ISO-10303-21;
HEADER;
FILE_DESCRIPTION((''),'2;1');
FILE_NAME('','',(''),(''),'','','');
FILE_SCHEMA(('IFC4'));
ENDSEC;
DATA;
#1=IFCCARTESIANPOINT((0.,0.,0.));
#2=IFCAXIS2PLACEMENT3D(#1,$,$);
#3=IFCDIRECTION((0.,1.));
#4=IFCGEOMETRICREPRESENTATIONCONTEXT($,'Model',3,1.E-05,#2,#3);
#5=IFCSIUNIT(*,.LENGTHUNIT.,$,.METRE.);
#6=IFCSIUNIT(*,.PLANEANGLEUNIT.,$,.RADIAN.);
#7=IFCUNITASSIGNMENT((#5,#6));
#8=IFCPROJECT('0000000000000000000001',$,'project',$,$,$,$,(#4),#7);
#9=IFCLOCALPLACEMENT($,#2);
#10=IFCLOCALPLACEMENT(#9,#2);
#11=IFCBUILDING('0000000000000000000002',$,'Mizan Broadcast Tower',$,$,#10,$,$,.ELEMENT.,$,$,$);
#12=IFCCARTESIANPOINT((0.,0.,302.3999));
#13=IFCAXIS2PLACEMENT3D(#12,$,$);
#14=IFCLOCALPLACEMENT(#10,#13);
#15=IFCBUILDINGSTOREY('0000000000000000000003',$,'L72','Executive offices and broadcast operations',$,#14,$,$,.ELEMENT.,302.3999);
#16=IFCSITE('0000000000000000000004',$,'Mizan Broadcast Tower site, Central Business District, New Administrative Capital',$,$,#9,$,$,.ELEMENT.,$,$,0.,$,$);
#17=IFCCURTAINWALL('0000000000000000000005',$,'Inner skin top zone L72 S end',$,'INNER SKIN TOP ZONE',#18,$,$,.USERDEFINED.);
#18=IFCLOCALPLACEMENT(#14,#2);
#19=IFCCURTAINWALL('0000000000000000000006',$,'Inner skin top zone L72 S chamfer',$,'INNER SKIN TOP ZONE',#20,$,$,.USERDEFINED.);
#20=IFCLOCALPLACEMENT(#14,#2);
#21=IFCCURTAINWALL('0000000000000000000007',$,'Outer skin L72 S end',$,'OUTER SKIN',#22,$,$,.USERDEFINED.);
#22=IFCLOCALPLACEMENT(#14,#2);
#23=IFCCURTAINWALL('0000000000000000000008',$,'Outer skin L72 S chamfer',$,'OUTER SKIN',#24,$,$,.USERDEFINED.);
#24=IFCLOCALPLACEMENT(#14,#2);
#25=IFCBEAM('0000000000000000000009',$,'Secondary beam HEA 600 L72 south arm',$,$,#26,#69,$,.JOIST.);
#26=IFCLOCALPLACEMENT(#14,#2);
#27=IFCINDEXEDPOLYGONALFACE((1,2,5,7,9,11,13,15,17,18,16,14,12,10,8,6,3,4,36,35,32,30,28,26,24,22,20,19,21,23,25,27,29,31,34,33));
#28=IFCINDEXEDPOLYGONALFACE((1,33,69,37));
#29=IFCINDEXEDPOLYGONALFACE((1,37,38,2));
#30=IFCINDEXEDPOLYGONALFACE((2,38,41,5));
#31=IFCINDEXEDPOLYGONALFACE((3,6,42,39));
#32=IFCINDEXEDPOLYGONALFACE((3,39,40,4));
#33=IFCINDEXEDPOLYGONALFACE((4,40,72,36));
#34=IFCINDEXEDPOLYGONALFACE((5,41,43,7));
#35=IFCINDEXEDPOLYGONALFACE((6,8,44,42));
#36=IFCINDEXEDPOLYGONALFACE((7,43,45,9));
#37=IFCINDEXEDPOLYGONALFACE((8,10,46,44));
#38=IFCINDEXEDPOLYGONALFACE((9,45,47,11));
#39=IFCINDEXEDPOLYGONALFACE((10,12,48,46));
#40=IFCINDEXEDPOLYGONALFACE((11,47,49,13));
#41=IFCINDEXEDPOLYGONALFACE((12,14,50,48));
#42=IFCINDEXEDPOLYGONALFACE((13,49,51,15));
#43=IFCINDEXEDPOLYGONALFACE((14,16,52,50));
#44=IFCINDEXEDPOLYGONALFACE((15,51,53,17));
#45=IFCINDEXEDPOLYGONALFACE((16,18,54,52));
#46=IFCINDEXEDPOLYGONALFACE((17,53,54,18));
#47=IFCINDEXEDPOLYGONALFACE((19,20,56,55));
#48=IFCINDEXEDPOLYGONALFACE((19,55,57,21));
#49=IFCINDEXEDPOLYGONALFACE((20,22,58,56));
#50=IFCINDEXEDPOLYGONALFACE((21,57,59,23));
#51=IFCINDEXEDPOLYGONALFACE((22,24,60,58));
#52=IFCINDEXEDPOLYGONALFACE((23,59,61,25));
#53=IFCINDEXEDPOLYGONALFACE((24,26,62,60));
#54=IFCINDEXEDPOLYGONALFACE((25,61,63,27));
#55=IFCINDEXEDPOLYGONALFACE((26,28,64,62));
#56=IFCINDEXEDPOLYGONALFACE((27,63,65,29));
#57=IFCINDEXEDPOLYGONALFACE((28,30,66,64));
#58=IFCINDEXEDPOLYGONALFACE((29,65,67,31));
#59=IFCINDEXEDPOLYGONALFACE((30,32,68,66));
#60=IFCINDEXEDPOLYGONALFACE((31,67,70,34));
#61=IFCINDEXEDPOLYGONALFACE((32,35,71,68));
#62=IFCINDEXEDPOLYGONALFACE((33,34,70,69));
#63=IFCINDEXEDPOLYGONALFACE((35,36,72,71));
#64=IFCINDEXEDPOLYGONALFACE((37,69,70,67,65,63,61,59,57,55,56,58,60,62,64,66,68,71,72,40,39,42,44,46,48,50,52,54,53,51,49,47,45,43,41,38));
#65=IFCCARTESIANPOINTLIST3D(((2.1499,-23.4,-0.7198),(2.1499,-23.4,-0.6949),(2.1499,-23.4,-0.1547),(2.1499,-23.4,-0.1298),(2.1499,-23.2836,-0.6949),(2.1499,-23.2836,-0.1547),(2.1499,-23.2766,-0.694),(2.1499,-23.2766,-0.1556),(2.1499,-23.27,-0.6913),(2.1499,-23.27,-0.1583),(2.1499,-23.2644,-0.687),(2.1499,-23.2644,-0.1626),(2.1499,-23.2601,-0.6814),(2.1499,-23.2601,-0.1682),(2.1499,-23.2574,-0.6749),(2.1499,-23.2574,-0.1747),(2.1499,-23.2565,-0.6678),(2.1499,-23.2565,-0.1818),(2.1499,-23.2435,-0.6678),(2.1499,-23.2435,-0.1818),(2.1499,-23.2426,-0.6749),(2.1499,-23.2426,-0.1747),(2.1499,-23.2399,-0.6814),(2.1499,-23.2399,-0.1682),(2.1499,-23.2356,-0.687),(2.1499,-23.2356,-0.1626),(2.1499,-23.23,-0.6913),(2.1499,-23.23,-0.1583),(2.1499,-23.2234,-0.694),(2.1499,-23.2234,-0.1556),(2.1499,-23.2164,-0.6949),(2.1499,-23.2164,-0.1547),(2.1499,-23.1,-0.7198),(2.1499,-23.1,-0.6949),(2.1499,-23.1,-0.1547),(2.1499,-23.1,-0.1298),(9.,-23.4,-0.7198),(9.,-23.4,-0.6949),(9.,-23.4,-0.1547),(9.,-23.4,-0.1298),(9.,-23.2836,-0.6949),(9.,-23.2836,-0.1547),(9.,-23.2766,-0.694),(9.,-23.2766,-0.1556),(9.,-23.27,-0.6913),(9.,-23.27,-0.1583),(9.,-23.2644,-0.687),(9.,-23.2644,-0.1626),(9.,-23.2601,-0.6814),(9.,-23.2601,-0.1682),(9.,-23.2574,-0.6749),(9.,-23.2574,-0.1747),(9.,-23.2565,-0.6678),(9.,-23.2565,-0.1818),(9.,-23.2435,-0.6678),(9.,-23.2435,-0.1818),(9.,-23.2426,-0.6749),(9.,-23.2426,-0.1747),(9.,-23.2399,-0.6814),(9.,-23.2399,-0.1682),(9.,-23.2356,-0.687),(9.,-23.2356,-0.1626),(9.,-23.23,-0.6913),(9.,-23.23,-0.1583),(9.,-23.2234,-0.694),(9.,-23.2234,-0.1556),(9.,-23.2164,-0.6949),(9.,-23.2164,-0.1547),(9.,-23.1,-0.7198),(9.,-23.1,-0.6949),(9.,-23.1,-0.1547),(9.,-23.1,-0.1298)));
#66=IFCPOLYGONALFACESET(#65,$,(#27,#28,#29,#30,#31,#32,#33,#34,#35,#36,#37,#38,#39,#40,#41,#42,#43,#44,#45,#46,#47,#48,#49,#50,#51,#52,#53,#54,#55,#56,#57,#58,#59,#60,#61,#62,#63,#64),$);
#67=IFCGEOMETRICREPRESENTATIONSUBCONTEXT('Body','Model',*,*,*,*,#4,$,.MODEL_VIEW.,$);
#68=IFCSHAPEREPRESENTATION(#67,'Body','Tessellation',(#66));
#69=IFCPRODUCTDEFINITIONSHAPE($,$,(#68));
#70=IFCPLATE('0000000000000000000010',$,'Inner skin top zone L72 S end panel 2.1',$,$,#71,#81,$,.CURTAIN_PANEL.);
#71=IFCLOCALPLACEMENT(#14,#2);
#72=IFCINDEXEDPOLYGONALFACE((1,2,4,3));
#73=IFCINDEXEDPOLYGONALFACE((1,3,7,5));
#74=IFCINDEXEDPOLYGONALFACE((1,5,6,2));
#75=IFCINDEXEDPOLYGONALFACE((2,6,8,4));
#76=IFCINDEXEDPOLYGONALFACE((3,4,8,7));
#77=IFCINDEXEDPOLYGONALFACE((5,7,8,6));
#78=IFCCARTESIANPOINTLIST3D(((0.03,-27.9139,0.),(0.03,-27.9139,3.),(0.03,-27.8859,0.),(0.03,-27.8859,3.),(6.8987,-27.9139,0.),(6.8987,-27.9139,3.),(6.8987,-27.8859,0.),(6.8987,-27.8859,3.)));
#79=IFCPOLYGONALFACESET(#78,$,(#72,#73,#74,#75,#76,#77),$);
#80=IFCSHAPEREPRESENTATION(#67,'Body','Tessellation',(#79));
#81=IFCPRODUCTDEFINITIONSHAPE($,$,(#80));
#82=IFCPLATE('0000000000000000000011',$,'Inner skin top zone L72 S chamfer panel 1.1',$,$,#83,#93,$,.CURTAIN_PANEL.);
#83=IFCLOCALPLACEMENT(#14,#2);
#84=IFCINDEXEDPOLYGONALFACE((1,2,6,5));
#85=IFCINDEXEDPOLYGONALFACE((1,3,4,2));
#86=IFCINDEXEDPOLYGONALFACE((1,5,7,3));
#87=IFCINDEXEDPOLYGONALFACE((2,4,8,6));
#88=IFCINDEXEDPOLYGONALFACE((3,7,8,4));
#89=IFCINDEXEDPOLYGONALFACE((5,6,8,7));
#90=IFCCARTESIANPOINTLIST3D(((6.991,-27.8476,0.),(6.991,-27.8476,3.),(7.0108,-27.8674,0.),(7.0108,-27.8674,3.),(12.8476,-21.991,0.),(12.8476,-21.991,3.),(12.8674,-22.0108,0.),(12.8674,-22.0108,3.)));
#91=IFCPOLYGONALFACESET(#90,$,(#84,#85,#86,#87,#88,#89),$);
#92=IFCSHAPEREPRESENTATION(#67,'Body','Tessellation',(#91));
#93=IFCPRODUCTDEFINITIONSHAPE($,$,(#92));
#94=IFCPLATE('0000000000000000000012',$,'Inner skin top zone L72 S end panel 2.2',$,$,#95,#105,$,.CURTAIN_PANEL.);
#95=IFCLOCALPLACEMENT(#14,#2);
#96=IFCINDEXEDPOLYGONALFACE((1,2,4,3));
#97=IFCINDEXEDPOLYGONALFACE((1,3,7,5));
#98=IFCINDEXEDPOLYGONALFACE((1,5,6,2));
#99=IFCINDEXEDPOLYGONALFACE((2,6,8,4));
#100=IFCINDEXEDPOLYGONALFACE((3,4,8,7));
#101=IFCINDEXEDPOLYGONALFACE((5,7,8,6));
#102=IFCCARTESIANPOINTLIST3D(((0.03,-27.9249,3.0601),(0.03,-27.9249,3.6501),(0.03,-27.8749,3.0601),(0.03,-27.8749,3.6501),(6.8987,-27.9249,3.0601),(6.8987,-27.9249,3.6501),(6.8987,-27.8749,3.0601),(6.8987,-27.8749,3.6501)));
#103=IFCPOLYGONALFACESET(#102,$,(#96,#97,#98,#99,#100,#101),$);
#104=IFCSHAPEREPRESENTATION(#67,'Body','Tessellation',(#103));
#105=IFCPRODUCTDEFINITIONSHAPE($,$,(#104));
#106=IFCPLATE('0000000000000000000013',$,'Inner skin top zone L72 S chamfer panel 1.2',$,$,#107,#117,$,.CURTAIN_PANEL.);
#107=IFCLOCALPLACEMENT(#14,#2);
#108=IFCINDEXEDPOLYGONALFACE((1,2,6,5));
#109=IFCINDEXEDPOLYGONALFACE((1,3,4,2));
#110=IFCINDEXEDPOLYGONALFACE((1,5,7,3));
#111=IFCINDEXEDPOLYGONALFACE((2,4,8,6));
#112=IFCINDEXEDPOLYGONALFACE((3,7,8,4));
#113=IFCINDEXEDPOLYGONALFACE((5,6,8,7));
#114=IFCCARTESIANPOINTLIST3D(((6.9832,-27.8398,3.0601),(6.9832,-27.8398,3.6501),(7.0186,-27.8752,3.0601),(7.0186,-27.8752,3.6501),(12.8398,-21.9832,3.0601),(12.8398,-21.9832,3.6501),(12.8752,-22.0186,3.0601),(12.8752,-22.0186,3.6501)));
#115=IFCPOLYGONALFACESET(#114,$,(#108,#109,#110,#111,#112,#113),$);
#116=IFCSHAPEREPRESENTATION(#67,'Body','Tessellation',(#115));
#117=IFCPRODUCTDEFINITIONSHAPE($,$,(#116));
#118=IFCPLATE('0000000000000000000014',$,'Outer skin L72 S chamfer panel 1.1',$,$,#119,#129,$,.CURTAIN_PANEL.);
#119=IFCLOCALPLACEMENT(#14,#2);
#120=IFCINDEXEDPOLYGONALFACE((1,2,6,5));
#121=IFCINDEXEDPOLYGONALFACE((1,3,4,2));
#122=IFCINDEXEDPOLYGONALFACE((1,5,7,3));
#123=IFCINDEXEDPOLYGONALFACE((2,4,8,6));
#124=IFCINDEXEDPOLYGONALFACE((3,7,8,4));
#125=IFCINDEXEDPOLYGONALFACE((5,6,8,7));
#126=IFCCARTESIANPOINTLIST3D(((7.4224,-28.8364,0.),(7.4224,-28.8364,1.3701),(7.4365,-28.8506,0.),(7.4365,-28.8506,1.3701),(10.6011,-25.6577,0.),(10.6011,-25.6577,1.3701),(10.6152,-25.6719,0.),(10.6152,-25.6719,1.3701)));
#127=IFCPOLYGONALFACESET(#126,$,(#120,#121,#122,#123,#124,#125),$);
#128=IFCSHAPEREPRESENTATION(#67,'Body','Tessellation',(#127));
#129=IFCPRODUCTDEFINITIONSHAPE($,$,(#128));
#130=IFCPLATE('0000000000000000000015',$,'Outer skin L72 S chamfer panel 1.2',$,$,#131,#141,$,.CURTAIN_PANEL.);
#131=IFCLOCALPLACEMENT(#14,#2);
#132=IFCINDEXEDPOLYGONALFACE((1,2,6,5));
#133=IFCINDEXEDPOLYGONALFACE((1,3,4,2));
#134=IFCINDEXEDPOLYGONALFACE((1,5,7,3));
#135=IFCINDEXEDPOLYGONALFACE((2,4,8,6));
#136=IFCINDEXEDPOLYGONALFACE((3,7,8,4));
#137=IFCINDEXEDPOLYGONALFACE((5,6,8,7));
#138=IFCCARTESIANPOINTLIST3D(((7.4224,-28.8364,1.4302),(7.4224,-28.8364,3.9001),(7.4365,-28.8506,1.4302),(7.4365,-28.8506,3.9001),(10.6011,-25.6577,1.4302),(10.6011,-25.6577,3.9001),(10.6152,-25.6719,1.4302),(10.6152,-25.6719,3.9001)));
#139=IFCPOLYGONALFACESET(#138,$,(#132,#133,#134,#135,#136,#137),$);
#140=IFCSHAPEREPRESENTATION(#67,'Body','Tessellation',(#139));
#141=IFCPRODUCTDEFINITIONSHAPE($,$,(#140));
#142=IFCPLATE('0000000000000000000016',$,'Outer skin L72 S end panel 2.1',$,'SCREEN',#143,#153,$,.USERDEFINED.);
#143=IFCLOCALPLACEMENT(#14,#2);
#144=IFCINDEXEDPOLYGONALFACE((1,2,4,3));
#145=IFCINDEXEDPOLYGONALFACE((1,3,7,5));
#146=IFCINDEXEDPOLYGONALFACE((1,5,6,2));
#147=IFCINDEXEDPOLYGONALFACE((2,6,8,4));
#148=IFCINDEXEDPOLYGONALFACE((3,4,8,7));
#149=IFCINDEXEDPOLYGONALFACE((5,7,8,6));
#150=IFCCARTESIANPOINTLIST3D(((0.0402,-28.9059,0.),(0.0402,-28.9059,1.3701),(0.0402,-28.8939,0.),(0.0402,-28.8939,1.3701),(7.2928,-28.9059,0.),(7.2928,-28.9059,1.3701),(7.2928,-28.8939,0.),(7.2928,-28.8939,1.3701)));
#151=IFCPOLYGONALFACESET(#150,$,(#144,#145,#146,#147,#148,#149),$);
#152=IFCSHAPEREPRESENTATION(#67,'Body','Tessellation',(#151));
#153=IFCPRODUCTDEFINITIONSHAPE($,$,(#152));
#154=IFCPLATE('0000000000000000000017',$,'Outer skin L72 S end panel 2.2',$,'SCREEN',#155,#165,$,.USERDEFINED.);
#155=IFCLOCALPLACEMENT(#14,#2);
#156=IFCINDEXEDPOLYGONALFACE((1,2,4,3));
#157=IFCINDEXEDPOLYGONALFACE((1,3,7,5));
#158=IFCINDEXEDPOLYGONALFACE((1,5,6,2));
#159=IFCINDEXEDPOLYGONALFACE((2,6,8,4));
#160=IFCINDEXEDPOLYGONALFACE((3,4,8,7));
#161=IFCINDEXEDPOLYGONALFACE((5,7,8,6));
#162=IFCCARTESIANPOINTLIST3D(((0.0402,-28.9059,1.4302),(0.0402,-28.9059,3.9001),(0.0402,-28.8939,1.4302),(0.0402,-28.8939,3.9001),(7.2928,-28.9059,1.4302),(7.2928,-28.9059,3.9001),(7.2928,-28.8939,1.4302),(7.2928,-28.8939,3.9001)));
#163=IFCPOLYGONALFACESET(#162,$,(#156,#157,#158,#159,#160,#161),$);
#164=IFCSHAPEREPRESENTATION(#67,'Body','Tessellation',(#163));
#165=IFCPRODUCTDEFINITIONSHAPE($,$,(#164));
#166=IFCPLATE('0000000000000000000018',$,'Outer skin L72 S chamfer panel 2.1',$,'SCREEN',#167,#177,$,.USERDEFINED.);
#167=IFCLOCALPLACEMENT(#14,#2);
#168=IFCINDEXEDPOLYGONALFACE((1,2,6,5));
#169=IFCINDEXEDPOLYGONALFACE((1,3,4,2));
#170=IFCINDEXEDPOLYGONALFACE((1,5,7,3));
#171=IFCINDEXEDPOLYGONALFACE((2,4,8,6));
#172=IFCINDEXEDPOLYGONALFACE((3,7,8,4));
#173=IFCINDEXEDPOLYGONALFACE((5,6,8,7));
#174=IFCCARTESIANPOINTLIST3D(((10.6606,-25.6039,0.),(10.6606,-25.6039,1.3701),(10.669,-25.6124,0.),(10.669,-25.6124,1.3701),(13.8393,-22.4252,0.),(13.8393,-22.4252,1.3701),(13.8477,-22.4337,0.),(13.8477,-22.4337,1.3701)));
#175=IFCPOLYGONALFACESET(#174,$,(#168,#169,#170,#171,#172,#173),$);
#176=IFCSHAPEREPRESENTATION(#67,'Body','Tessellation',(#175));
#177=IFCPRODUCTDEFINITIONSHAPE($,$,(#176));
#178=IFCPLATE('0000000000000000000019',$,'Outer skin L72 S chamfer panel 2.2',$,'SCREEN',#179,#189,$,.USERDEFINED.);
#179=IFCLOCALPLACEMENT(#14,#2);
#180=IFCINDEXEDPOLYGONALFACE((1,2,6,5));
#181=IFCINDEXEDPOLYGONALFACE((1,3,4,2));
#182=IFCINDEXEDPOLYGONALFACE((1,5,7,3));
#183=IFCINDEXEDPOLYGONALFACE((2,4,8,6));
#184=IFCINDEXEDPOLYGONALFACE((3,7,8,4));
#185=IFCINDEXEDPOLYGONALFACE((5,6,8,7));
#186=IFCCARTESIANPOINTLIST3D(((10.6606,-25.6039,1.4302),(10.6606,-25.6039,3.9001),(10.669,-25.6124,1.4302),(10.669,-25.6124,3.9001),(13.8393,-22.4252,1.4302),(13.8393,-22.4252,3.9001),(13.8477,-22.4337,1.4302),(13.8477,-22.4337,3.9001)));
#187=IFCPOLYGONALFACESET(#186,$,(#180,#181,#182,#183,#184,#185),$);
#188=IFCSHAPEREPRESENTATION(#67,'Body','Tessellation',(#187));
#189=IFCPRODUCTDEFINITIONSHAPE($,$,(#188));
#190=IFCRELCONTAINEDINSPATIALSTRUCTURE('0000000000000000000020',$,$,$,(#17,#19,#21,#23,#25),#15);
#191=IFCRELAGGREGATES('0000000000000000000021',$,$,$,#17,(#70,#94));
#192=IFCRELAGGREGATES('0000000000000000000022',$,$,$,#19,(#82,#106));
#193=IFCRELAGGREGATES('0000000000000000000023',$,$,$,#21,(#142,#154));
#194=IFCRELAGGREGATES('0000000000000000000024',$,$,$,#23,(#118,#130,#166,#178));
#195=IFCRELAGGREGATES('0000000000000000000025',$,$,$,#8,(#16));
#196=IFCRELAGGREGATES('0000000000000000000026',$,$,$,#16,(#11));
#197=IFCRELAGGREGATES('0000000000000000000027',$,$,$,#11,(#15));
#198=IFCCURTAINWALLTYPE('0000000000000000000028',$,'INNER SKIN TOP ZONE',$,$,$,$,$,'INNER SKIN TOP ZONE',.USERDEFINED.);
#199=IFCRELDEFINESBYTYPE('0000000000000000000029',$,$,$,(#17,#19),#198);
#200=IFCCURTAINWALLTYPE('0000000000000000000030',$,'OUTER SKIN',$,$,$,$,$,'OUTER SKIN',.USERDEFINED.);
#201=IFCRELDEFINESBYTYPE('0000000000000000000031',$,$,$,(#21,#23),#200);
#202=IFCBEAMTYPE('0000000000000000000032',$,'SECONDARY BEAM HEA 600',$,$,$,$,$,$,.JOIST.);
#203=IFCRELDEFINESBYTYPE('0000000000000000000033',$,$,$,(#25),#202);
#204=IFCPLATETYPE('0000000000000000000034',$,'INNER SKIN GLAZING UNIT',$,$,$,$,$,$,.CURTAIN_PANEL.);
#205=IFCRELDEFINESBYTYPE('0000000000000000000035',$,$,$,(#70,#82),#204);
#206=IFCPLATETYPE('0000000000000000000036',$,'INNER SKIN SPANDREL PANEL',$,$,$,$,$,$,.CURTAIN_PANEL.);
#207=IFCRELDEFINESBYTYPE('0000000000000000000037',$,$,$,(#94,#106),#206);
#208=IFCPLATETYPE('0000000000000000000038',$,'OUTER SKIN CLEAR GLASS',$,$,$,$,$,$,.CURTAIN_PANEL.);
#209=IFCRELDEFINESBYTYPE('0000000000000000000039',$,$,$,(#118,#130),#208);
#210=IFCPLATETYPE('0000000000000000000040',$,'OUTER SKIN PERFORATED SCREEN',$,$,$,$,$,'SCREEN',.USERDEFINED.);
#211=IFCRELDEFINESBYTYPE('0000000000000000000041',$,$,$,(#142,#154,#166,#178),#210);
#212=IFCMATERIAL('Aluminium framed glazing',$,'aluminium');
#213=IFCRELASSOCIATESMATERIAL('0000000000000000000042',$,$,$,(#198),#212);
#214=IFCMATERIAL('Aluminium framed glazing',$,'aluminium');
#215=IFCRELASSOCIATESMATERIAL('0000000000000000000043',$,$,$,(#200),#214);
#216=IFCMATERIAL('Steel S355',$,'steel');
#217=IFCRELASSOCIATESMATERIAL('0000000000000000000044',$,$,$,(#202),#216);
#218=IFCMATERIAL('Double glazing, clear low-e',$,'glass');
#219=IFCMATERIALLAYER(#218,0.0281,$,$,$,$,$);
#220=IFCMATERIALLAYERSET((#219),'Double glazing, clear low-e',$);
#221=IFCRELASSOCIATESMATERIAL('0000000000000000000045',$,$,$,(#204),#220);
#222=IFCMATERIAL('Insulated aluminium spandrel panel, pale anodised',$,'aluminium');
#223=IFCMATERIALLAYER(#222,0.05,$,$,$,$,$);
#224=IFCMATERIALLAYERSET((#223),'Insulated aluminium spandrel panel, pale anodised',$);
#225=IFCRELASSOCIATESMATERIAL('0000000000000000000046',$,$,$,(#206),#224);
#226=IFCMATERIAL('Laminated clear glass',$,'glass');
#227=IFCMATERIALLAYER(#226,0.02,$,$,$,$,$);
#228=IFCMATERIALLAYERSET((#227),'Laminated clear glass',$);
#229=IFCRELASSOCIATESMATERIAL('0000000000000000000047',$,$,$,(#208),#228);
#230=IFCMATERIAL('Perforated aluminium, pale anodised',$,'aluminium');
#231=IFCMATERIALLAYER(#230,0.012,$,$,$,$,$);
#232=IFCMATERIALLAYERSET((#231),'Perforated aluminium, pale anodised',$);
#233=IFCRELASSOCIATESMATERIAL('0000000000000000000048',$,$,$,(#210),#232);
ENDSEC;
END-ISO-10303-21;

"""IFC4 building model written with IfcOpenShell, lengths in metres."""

from ifc_helpers import new_model, si_unit, direction, frame, origin, origin_2d, place, context, subcontext, project, spatial, rectangle, i_section, extrude, material, layer, layer_set, material_profile, profile_set, type_object, element, aggregate, save


model = new_model("IFC4")

# Units and contexts
model_context = context("Model", 3, precision=1e-05, world=origin(), true_north=direction((0.0, 1.0)))
body_context = subcontext(model_context, "Body", "Model", "MODEL_VIEW")
ifc_project = project(units=[si_unit("LENGTHUNIT", "METRE"), si_unit("PLANEANGLEUNIT", "RADIAN")], contexts=[model_context])

# Site, building, storey
site_placement = place(None, origin())
site = spatial("IfcSite", under=ifc_project, at=site_placement, Name="Mizan Broadcast Tower site, Central Business District, New Administrative Capital", CompositionType="ELEMENT", RefElevation=0.0)
building_placement = place(site_placement, origin())
building = spatial("IfcBuilding", under=site, at=building_placement, Name="Mizan Broadcast Tower", CompositionType="ELEMENT")
storey_placement = place(building_placement, frame((0.0, 0.0, 302.3999)))
storey = spatial("IfcBuildingStorey", under=building, at=storey_placement, Name="L72", Description="Executive offices and broadcast operations", CompositionType="ELEMENT", Elevation=302.3999)

# Curtain walls
ifc_material_1 = material(Name="Aluminium framed glazing", Category="aluminium")
curtain_wall_type_1 = type_object("IfcCurtainWallType", Name="INNER SKIN TOP ZONE", ElementType="INNER SKIN TOP ZONE", PredefinedType="USERDEFINED", material=ifc_material_1)
curtain_wall_1_placement = place(storey_placement, origin())
curtain_wall_1 = element("IfcCurtainWall", 1, at=curtain_wall_1_placement, inside=storey, type_object=curtain_wall_type_1, Name="Inner skin top zone L72 S end", ObjectType="INNER SKIN TOP ZONE", PredefinedType="USERDEFINED")
curtain_wall_2_placement = place(storey_placement, origin())
curtain_wall_2 = element("IfcCurtainWall", 2, at=curtain_wall_2_placement, inside=storey, type_object=curtain_wall_type_1, Name="Inner skin top zone L72 S chamfer", ObjectType="INNER SKIN TOP ZONE", PredefinedType="USERDEFINED")

# Curtain walls
ifc_material_2 = material(Name="Aluminium framed glazing", Category="aluminium")
curtain_wall_type_2 = type_object("IfcCurtainWallType", Name="OUTER SKIN", ElementType="OUTER SKIN", PredefinedType="USERDEFINED", material=ifc_material_2)
curtain_wall_3_placement = place(storey_placement, origin())
curtain_wall_3 = element("IfcCurtainWall", 3, at=curtain_wall_3_placement, inside=storey, type_object=curtain_wall_type_2, Name="Outer skin L72 S end", ObjectType="OUTER SKIN", PredefinedType="USERDEFINED")
curtain_wall_4_placement = place(storey_placement, origin())
curtain_wall_4 = element("IfcCurtainWall", 4, at=curtain_wall_4_placement, inside=storey, type_object=curtain_wall_type_2, Name="Outer skin L72 S chamfer", ObjectType="OUTER SKIN", PredefinedType="USERDEFINED")

# Beam
ifc_material_3 = material(Name="Steel S355", Category="steel")
ifc_material_profile_1 = material_profile(ifc_material_3, i_section(OverallWidth=0.3, OverallDepth=0.5901, WebThickness=0.0129, FlangeThickness=0.0249, FilletRadius=0.0271, at=origin_2d()), Name="HEA 600")
ifc_profile_set_1 = profile_set([ifc_material_profile_1], Name="Steel S355")
beam_type_1 = type_object("IfcBeamType", Name="SECONDARY BEAM HEA 600", PredefinedType="JOIST", material=ifc_profile_set_1)
beam_1_placement = place(storey_placement, frame((9.0, -23.25, -0.4248), z_axis=(-1.0, 0.0, 0.0), x_axis=(0.0, -1.0, 0.0)))
element("IfcBeam", 5, at=beam_1_placement, inside=storey, type_object=beam_type_1, Name="Secondary beam HEA 600 L72 south arm", PredefinedType="JOIST", context=body_context, shape_type="SweptSolid", body=[
    extrude(i_section(OverallWidth=0.3, OverallDepth=0.5901, WebThickness=0.0129, FlangeThickness=0.0249, FilletRadius=0.0271, at=origin_2d()), origin(), (0.0, 0.0, 1.0), 6.8501),
])

# Plates
ifc_material_4 = material(Name="Double glazing, clear low-e", Category="glass")
ifc_layer_1 = layer(ifc_material_4, 0.0281)
ifc_layer_set_1 = layer_set([ifc_layer_1], Name="Double glazing, clear low-e")
plate_type_1 = type_object("IfcPlateType", Name="INNER SKIN GLAZING UNIT", PredefinedType="CURTAIN_PANEL", material=ifc_layer_set_1)
plate_1_placement = place(storey_placement, frame((3.4644, -27.8999, 0.0), z_axis=(0.0, 0.0, 1.0), x_axis=(1.0, 0.0, 0.0)))
plate_1 = element("IfcPlate", 6, at=plate_1_placement, type_object=plate_type_1, Name="Inner skin top zone L72 S end panel 2.1", PredefinedType="CURTAIN_PANEL", context=body_context, shape_type="SweptSolid", body=[
    extrude(rectangle(XDim=6.8687, YDim=0.0281, at=origin_2d()), origin(), (0.0, 0.0, 1.0), 3.0),
])
plate_2_placement = place(storey_placement, frame((9.9292, -24.9292, 0.0), z_axis=(0.0, 0.0, 1.0), x_axis=(0.707107, 0.707107, 0.0)))
plate_2 = element("IfcPlate", 7, at=plate_2_placement, type_object=plate_type_1, Name="Inner skin top zone L72 S chamfer panel 1.1", PredefinedType="CURTAIN_PANEL", context=body_context, shape_type="SweptSolid", body=[
    extrude(rectangle(XDim=8.2825, YDim=0.0281, at=origin_2d()), origin(), (0.0, 0.0, 1.0), 3.0),
])
ifc_material_5 = material(Name="Insulated aluminium spandrel panel, pale anodised", Category="aluminium")
ifc_layer_2 = layer(ifc_material_5, 0.05)
ifc_layer_set_2 = layer_set([ifc_layer_2], Name="Insulated aluminium spandrel panel, pale anodised")
plate_type_2 = type_object("IfcPlateType", Name="INNER SKIN SPANDREL PANEL", PredefinedType="CURTAIN_PANEL", material=ifc_layer_set_2)
plate_3_placement = place(storey_placement, frame((3.4644, -27.8999, 3.0601), z_axis=(0.0, 0.0, 1.0), x_axis=(1.0, 0.0, 0.0)))
plate_3 = element("IfcPlate", 8, at=plate_3_placement, type_object=plate_type_2, Name="Inner skin top zone L72 S end panel 2.2", PredefinedType="CURTAIN_PANEL", context=body_context, shape_type="SweptSolid", body=[
    extrude(rectangle(XDim=6.8687, YDim=0.05, at=origin_2d()), origin(), (0.0, 0.0, 1.0), 0.5901),
])
aggregate(curtain_wall_1, [plate_1, plate_3])
plate_4_placement = place(storey_placement, frame((9.9292, -24.9292, 3.0601), z_axis=(0.0, 0.0, 1.0), x_axis=(0.707107, 0.707107, 0.0)))
plate_4 = element("IfcPlate", 9, at=plate_4_placement, type_object=plate_type_2, Name="Inner skin top zone L72 S chamfer panel 1.2", PredefinedType="CURTAIN_PANEL", context=body_context, shape_type="SweptSolid", body=[
    extrude(rectangle(XDim=8.2825, YDim=0.05, at=origin_2d()), origin(), (0.0, 0.0, 1.0), 0.5901),
])
aggregate(curtain_wall_2, [plate_2, plate_4])
ifc_material_6 = material(Name="Laminated clear glass", Category="glass")
ifc_layer_3 = layer(ifc_material_6, 0.02)
ifc_layer_set_3 = layer_set([ifc_layer_3], Name="Laminated clear glass")
plate_type_3 = type_object("IfcPlateType", Name="OUTER SKIN CLEAR GLASS", PredefinedType="CURTAIN_PANEL", material=ifc_layer_set_3)
plate_5_placement = place(storey_placement, frame((9.0188, -27.2542, 0.0), z_axis=(0.0, 0.0, 1.0), x_axis=(0.707107, 0.707107, 0.0)))
plate_5 = element("IfcPlate", 10, at=plate_5_placement, type_object=plate_type_3, Name="Outer skin L72 S chamfer panel 1.1", PredefinedType="CURTAIN_PANEL", context=body_context, shape_type="SweptSolid", body=[
    extrude(rectangle(XDim=4.4954, YDim=0.02, at=origin_2d()), origin(), (0.0, 0.0, 1.0), 1.3701),
])
plate_6_placement = place(storey_placement, frame((9.0188, -27.2542, 1.4302), z_axis=(0.0, 0.0, 1.0), x_axis=(0.707107, 0.707107, 0.0)))
plate_6 = element("IfcPlate", 11, at=plate_6_placement, type_object=plate_type_3, Name="Outer skin L72 S chamfer panel 1.2", PredefinedType="CURTAIN_PANEL", context=body_context, shape_type="SweptSolid", body=[
    extrude(rectangle(XDim=4.4954, YDim=0.02, at=origin_2d()), origin(), (0.0, 0.0, 1.0), 2.47),
])
ifc_material_7 = material(Name="Perforated aluminium, pale anodised", Category="aluminium")
ifc_layer_4 = layer(ifc_material_7, 0.012)
ifc_layer_set_4 = layer_set([ifc_layer_4], Name="Perforated aluminium, pale anodised")
plate_type_4 = type_object("IfcPlateType", Name="OUTER SKIN PERFORATED SCREEN", ElementType="SCREEN", PredefinedType="USERDEFINED", material=ifc_layer_set_4)
plate_7_placement = place(storey_placement, frame((3.6665, -28.8999, 0.0), z_axis=(0.0, 0.0, 1.0), x_axis=(1.0, 0.0, 0.0)))
plate_7 = element("IfcPlate", 12, at=plate_7_placement, type_object=plate_type_4, Name="Outer skin L72 S end panel 2.1", ObjectType="SCREEN", PredefinedType="USERDEFINED", context=body_context, shape_type="SweptSolid", body=[
    extrude(rectangle(XDim=7.2527, YDim=0.012, at=origin_2d()), origin(), (0.0, 0.0, 1.0), 1.3701),
])
plate_8_placement = place(storey_placement, frame((3.6665, -28.8999, 1.4302), z_axis=(0.0, 0.0, 1.0), x_axis=(1.0, 0.0, 0.0)))
plate_8 = element("IfcPlate", 13, at=plate_8_placement, type_object=plate_type_4, Name="Outer skin L72 S end panel 2.2", ObjectType="SCREEN", PredefinedType="USERDEFINED", context=body_context, shape_type="SweptSolid", body=[
    extrude(rectangle(XDim=7.2527, YDim=0.012, at=origin_2d()), origin(), (0.0, 0.0, 1.0), 2.47),
])
aggregate(curtain_wall_3, [plate_7, plate_8])
plate_9_placement = place(storey_placement, frame((12.2542, -24.0188, 0.0), z_axis=(0.0, 0.0, 1.0), x_axis=(0.707107, 0.707107, 0.0)))
plate_9 = element("IfcPlate", 14, at=plate_9_placement, type_object=plate_type_4, Name="Outer skin L72 S chamfer panel 2.1", ObjectType="SCREEN", PredefinedType="USERDEFINED", context=body_context, shape_type="SweptSolid", body=[
    extrude(rectangle(XDim=4.4954, YDim=0.012, at=origin_2d()), origin(), (0.0, 0.0, 1.0), 1.3701),
])
plate_10_placement = place(storey_placement, frame((12.2542, -24.0188, 1.4302), z_axis=(0.0, 0.0, 1.0), x_axis=(0.707107, 0.707107, 0.0)))
plate_10 = element("IfcPlate", 15, at=plate_10_placement, type_object=plate_type_4, Name="Outer skin L72 S chamfer panel 2.2", ObjectType="SCREEN", PredefinedType="USERDEFINED", context=body_context, shape_type="SweptSolid", body=[
    extrude(rectangle(XDim=4.4954, YDim=0.012, at=origin_2d()), origin(), (0.0, 0.0, 1.0), 2.47),
])
aggregate(curtain_wall_4, [plate_5, plate_6, plate_9, plate_10])

save(model, "model.ifc")
